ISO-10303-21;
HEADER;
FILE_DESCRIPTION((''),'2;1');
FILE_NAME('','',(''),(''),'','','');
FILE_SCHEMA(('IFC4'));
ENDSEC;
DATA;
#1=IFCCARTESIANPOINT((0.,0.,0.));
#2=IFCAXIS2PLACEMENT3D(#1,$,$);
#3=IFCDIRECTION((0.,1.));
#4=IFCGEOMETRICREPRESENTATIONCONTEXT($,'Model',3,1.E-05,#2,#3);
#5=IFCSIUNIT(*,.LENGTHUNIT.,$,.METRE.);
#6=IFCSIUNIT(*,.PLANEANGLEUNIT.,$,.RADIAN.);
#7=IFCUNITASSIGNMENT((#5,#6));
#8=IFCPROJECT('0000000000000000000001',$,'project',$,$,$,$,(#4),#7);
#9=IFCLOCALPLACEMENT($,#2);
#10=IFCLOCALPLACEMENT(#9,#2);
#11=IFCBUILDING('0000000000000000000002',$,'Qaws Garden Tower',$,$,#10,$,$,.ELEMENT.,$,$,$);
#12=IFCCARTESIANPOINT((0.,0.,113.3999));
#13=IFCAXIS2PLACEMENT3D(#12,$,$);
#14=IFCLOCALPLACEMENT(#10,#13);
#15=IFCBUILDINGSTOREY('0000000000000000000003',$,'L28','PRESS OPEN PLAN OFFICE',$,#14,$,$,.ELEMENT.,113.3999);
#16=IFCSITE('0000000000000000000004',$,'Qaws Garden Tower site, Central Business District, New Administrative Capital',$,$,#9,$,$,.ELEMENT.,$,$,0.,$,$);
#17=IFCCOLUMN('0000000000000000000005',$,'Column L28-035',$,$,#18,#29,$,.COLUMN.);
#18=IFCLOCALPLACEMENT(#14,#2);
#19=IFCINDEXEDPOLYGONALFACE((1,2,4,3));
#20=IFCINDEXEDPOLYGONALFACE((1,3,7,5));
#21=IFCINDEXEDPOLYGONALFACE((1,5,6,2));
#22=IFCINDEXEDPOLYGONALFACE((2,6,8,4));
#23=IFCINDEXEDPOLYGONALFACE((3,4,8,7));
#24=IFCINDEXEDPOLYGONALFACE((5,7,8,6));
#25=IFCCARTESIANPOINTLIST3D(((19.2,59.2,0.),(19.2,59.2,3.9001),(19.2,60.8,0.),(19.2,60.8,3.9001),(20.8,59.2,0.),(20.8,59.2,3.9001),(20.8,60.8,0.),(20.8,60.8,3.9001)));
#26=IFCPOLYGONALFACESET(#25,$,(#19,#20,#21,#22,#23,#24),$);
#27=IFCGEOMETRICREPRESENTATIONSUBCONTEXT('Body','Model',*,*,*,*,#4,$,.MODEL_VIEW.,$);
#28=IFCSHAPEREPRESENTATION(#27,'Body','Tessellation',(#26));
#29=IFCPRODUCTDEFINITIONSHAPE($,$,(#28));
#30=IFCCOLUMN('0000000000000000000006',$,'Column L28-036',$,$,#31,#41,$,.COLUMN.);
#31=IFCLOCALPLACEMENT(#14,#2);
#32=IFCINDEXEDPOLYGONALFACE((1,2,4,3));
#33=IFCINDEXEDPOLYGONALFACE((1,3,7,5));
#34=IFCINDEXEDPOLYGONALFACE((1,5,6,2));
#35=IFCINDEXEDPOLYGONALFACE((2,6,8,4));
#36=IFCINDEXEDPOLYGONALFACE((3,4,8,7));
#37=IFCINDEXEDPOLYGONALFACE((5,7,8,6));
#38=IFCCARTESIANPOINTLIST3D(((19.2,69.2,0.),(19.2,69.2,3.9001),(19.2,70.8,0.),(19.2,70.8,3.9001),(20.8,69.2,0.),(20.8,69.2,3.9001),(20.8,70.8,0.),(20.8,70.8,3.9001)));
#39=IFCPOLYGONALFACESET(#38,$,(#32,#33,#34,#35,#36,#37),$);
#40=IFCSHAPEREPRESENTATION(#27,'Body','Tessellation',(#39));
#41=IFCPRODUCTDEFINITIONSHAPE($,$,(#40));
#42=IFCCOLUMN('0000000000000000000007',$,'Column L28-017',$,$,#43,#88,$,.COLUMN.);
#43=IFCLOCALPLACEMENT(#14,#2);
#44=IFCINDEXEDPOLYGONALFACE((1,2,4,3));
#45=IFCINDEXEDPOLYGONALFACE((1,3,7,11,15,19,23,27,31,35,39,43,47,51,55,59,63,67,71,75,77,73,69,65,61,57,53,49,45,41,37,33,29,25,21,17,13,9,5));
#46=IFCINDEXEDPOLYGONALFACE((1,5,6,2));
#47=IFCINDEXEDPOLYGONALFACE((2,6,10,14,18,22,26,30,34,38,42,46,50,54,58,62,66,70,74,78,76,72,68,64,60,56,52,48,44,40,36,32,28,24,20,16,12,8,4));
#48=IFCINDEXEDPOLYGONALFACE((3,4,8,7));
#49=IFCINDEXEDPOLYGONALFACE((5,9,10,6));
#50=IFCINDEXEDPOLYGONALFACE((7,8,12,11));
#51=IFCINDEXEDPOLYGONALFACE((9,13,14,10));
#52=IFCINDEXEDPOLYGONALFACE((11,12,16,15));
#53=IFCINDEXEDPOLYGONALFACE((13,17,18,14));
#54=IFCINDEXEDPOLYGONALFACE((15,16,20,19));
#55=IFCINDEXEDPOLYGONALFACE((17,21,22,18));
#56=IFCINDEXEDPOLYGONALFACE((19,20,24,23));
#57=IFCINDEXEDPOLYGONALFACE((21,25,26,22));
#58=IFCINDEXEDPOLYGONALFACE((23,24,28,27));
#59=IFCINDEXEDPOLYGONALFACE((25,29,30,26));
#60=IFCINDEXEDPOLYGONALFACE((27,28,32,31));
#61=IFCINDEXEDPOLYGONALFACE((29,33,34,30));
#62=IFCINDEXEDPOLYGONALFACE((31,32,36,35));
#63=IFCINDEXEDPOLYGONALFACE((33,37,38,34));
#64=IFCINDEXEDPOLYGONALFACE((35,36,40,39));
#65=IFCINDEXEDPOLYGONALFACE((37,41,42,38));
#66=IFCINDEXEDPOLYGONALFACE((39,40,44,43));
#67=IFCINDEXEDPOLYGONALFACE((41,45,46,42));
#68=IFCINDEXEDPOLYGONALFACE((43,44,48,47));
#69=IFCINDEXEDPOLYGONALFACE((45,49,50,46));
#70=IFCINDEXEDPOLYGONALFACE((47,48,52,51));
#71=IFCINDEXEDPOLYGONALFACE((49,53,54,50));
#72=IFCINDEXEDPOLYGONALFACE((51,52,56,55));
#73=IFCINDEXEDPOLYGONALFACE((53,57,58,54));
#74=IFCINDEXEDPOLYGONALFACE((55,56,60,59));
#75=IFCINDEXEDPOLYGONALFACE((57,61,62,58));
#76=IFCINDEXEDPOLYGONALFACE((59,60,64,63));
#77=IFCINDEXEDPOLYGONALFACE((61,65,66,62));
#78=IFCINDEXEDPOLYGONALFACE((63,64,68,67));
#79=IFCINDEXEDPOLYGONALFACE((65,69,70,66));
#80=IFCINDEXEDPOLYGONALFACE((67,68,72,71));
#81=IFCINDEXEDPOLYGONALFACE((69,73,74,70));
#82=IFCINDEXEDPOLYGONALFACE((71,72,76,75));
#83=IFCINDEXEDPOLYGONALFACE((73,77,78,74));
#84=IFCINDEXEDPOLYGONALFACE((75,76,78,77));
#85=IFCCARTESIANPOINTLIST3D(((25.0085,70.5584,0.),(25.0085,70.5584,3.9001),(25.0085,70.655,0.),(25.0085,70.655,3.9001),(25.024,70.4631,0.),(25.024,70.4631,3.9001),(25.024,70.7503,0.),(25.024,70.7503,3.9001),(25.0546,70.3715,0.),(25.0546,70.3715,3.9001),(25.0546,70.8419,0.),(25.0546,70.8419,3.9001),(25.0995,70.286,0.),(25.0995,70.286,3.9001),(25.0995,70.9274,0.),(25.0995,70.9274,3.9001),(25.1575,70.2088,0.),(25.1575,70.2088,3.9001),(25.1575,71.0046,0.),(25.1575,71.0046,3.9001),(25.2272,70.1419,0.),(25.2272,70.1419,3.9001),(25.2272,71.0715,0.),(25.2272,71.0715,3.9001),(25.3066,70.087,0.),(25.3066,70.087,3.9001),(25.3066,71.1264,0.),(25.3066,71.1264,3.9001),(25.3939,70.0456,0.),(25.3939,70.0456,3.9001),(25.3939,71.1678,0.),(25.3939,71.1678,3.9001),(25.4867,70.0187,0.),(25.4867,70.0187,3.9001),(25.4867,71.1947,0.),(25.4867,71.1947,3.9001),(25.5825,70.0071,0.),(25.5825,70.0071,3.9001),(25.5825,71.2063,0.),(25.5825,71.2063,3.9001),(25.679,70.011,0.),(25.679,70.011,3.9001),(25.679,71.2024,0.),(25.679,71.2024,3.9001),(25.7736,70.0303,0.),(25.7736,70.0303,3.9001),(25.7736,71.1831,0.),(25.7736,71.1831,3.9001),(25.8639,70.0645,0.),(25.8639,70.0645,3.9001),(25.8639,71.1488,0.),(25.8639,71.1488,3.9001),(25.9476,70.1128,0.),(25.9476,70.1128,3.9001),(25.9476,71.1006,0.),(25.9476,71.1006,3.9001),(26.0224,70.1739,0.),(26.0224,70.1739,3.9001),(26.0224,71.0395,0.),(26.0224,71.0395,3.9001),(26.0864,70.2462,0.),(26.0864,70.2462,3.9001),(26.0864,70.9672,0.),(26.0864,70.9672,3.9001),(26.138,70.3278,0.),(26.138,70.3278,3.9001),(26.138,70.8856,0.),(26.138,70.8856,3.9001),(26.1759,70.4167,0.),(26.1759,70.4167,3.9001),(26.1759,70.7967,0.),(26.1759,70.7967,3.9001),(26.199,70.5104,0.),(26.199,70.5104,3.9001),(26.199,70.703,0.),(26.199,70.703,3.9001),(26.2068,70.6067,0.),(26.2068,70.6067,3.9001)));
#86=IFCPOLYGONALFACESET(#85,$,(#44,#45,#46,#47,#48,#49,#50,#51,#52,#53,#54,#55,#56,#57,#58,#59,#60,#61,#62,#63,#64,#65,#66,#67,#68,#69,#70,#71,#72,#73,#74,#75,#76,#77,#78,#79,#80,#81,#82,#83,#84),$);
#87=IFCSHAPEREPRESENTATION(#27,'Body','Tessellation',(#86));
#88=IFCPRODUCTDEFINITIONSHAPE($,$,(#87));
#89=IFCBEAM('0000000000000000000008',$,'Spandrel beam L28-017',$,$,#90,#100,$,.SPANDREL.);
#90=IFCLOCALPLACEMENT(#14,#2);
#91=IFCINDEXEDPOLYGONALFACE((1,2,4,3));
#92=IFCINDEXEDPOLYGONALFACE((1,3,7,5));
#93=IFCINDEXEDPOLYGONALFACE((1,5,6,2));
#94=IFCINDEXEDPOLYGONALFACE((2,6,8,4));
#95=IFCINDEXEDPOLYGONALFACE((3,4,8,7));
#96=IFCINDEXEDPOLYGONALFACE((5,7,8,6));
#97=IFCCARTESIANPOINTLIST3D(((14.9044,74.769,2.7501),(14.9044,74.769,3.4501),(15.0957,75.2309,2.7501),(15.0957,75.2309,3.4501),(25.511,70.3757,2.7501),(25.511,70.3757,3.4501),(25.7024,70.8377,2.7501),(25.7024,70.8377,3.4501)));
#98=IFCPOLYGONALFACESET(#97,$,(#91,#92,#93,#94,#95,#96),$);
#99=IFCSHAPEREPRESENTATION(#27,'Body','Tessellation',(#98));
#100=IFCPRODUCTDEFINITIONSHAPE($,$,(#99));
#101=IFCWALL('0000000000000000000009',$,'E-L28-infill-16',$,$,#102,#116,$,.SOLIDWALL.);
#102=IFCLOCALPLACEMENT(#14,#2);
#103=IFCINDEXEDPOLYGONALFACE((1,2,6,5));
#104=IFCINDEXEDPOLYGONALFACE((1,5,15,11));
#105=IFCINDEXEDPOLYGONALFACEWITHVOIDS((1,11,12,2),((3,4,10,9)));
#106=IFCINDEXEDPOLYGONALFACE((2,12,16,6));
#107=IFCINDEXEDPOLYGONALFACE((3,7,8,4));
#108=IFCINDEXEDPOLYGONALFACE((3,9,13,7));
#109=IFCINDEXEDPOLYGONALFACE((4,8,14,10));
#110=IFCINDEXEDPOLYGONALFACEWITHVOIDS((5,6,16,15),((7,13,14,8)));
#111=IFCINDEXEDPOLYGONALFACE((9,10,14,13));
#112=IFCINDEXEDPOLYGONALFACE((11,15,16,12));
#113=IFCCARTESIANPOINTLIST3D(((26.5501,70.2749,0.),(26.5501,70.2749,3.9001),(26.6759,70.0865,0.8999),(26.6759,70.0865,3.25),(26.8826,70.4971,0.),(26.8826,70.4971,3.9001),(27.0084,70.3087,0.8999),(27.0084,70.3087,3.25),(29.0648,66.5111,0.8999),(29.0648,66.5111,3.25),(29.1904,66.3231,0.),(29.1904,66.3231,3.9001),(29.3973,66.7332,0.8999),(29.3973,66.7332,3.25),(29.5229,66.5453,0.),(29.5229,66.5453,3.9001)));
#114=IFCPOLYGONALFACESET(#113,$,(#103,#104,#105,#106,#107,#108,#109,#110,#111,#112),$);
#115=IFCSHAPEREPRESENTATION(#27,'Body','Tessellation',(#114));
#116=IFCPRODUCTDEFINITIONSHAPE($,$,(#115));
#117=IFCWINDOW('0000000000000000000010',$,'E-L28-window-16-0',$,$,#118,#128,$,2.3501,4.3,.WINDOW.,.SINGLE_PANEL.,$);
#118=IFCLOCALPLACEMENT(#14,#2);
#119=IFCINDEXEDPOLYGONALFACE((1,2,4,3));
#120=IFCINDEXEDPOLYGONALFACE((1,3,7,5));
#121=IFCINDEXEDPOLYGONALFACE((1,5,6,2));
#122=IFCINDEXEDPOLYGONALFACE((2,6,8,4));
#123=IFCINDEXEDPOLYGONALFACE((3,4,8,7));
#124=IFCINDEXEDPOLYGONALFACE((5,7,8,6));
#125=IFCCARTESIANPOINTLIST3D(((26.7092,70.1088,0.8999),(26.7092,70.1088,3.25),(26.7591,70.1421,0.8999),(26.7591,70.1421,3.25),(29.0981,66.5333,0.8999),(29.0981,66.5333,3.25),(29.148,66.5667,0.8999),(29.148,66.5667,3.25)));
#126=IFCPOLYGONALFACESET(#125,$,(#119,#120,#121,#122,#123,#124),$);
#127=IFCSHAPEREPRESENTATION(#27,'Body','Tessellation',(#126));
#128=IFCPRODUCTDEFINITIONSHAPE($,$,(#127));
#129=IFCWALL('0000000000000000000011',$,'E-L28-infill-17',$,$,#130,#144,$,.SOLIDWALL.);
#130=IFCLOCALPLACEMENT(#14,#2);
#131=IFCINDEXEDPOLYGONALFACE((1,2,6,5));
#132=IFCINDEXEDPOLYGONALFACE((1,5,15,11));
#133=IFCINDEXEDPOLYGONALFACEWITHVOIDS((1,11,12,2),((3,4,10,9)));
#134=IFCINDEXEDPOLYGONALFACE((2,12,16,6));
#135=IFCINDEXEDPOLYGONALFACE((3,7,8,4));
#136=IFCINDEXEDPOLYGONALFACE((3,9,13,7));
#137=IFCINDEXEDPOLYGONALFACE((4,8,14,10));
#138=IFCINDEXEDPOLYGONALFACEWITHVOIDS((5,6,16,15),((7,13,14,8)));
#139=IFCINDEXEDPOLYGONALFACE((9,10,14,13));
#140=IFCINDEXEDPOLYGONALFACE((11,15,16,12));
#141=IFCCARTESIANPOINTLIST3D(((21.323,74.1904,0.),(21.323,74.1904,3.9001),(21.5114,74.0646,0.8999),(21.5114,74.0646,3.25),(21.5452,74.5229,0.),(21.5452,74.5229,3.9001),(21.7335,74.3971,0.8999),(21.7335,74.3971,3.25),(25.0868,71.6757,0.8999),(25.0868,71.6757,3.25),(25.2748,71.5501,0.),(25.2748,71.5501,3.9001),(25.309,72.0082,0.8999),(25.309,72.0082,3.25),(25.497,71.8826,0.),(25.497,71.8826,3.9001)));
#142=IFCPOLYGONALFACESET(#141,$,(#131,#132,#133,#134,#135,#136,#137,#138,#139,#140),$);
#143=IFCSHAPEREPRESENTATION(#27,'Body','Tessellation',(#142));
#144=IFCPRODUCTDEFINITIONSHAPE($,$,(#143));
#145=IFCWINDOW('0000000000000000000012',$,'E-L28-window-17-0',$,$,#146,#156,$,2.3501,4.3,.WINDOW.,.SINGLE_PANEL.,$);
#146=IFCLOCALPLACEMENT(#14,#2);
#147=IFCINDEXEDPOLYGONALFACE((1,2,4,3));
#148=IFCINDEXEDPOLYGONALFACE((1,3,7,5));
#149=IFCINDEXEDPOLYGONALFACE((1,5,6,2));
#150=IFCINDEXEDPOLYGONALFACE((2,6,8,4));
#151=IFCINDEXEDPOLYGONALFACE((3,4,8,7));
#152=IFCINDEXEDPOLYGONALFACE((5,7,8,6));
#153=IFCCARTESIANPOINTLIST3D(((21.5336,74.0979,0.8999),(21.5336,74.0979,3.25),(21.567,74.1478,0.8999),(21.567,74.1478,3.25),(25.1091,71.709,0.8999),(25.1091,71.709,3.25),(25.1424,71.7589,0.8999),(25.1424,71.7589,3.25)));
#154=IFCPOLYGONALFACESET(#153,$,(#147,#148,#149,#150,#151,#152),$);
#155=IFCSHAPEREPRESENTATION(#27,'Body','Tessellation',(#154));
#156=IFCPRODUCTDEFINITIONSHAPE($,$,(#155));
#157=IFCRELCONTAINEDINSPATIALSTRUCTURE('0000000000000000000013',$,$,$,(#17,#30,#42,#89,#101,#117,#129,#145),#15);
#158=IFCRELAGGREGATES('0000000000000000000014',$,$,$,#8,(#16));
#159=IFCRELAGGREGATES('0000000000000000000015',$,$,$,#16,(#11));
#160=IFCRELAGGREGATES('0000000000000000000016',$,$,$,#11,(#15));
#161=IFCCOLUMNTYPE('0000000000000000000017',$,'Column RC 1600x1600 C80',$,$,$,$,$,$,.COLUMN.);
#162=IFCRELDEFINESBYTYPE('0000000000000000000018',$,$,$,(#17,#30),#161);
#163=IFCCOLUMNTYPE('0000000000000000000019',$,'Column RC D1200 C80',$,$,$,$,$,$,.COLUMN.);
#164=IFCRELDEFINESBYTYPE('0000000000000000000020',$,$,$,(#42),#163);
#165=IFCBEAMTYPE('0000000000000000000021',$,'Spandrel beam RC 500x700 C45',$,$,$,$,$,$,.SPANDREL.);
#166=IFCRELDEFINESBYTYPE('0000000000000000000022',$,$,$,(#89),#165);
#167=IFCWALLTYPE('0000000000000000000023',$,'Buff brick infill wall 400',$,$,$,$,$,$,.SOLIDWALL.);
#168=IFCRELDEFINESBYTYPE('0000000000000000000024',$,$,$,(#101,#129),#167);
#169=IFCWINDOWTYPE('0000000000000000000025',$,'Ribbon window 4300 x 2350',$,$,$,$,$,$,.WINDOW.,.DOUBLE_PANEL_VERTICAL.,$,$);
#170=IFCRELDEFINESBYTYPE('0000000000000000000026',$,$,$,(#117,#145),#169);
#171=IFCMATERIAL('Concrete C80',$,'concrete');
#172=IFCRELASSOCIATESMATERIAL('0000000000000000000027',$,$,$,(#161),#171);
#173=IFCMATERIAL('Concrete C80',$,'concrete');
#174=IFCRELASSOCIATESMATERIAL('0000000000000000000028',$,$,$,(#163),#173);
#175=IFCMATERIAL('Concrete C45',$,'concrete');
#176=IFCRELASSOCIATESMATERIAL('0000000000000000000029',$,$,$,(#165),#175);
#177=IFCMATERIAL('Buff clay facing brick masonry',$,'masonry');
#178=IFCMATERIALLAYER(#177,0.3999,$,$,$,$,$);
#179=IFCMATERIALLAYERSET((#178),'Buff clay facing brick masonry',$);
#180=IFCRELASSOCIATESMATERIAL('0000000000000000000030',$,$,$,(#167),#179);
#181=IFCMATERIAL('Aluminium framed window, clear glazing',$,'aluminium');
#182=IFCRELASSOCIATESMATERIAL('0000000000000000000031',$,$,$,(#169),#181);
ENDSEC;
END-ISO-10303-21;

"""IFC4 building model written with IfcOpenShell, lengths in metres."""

from ifc_helpers import new_model, si_unit, direction, frame, frame_2d, origin, origin_2d, place, context, subcontext, project, spatial, rectangle, circle, extrude, material, layer, layer_set, material_profile, profile_set, type_object, element, fill, save


model = new_model("IFC4")

# Units and contexts
model_context = context("Model", 3, precision=1e-05, world=origin(), true_north=direction((0.0, 1.0)))
body_context = subcontext(model_context, "Body", "Model", "MODEL_VIEW")
ifc_project = project(units=[si_unit("LENGTHUNIT", "METRE"), si_unit("PLANEANGLEUNIT", "RADIAN")], contexts=[model_context])

# Site, building, storey
site_placement = place(None, origin())
site = spatial("IfcSite", under=ifc_project, at=site_placement, Name="Qaws Garden Tower site, Central Business District, New Administrative Capital", CompositionType="ELEMENT", RefElevation=0.0)
building_placement = place(site_placement, origin())
building = spatial("IfcBuilding", under=site, at=building_placement, Name="Qaws Garden Tower", CompositionType="ELEMENT")
storey_placement = place(building_placement, frame((0.0, 0.0, 113.3999)))
storey = spatial("IfcBuildingStorey", under=building, at=storey_placement, Name="L28", Description="PRESS OPEN PLAN OFFICE", CompositionType="ELEMENT", Elevation=113.3999)

# Columns
ifc_material_1 = material(Name="Concrete C80", Category="concrete")
ifc_material_profile_1 = material_profile(ifc_material_1, rectangle(XDim=1.6001, YDim=1.6001, at=origin_2d()), Name="RC 1600x1600")
ifc_profile_set_1 = profile_set([ifc_material_profile_1], Name="Concrete C80")
column_type_1 = type_object("IfcColumnType", Name="Column RC 1600x1600 C80", PredefinedType="COLUMN", material=ifc_profile_set_1)
for number, where, z_axis, x_axis, name in (
    (1, (20.0, 60.0, 0.0), (0.0, 0.0, 1.0), (1.0, 0.0, 0.0), "Column L28-035"),
    (2, (20.0, 70.0, 0.0), (0.0, 0.0, 1.0), (1.0, 0.0, 0.0), "Column L28-036"),
):
    element("IfcColumn", number, at=place(storey_placement, frame(where, z_axis=z_axis, x_axis=x_axis)), inside=storey, type_object=column_type_1, Name=name, PredefinedType="COLUMN", context=body_context, shape_type="SweptSolid", body=[
        extrude(rectangle(XDim=1.6001, YDim=1.6001, at=origin_2d()), origin(), (0.0, 0.0, 1.0), 3.9001),
    ])
ifc_material_2 = material(Name="Concrete C80", Category="concrete")
ifc_material_profile_2 = material_profile(ifc_material_2, circle(Radius=0.6001, at=origin_2d()), Name="RC D1200")
ifc_profile_set_2 = profile_set([ifc_material_profile_2], Name="Concrete C80")
column_type_2 = type_object("IfcColumnType", Name="Column RC D1200 C80", PredefinedType="COLUMN", material=ifc_profile_set_2)
column_placement = place(storey_placement, frame((25.6067, 70.6067, 0.0), z_axis=(0.0, 0.0, 1.0), x_axis=(1.0, 0.0, 0.0)))
element("IfcColumn", 3, at=column_placement, inside=storey, type_object=column_type_2, Name="Column L28-017", PredefinedType="COLUMN", context=body_context, shape_type="SweptSolid", body=[
    extrude(circle(Radius=0.6001, at=origin_2d()), origin(), (0.0, 0.0, 1.0), 3.9001),
])

# Beam
ifc_material_3 = material(Name="Concrete C45", Category="concrete")
ifc_material_profile_3 = material_profile(ifc_material_3, rectangle(XDim=0.5, YDim=0.7, at=origin_2d()), Name="RC 500x700")
ifc_profile_set_3 = profile_set([ifc_material_profile_3], Name="Concrete C45")
beam_type = type_object("IfcBeamType", Name="Spandrel beam RC 500x700 C45", PredefinedType="SPANDREL", material=ifc_profile_set_3)
beam_placement = place(storey_placement, frame((25.6067, 70.6067, 3.1001), z_axis=(-0.923883, 0.382674, 0.0), x_axis=(-0.382674, -0.923883, 0.0)))
element("IfcBeam", 4, at=beam_placement, inside=storey, type_object=beam_type, Name="Spandrel beam L28-017", PredefinedType="SPANDREL", context=body_context, shape_type="SweptSolid", body=[
    extrude(rectangle(XDim=0.5, YDim=0.7, at=origin_2d()), origin(), (0.0, 0.0, 1.0), 11.4805),
])

# Walls, openings, windows
ifc_material_4 = material(Name="Buff clay facing brick masonry", Category="masonry")
ifc_layer_1 = layer(ifc_material_4, 0.3999)
ifc_layer_set_1 = layer_set([ifc_layer_1], Name="Buff clay facing brick masonry")
wall_type_1 = type_object("IfcWallType", Name="Buff brick infill wall 400", PredefinedType="SOLIDWALL", material=ifc_layer_set_1)
wall_1_placement = place(storey_placement, frame((29.3567, 66.4341, 0.0), z_axis=(0.0, 0.0, 1.0), x_axis=(-0.555542, 0.831489, 0.0)))
wall_1 = element("IfcWall", 5, at=wall_1_placement, inside=storey, type_object=wall_type_1, Name="E-L28-infill-16", PredefinedType="SOLIDWALL", context=body_context, shape_type="SweptSolid", body=[
    extrude(rectangle(XDim=4.7527, YDim=0.3999, at=frame_2d((2.3765, 0.0))), origin(), (0.0, 0.0, 1.0), 3.9001),
])
opening_1_placement = place(wall_1_placement, frame((0.2263, 0.0, 0.8999)))
opening_1 = element("IfcOpeningElement", 6, at=opening_1_placement, cuts=wall_1, PredefinedType="OPENING", context=body_context, shape_type="SweptSolid", body=[
    extrude(rectangle(XDim=4.3, YDim=2.3501, at=frame_2d((2.1499, 1.175))), frame((0.0, 0.21, 0.0), z_axis=(0.0, -1.0, 0.0), x_axis=(1.0, 0.0, 0.0)), (0.0, 0.0, 1.0), 0.4199),
])
ifc_material_5 = material(Name="Aluminium framed window, clear glazing", Category="aluminium")
window_type = type_object("IfcWindowType", Name="Ribbon window 4300 x 2350", PartitioningType="DOUBLE_PANEL_VERTICAL", PredefinedType="WINDOW", material=ifc_material_5)
window_1_placement = place(opening_1_placement, origin())
window_1 = element("IfcWindow", 7, at=window_1_placement, inside=storey, type_object=window_type, Name="E-L28-window-16-0", OverallHeight=2.3501, OverallWidth=4.3, PartitioningType="SINGLE_PANEL", PredefinedType="WINDOW", context=body_context, shape_type="SweptSolid", body=[
    extrude(rectangle(XDim=4.3, YDim=2.3501, at=frame_2d((2.1499, 1.175))), frame((0.0, 0.1599, 0.0), z_axis=(0.0, -1.0, 0.0), x_axis=(1.0, 0.0, 0.0)), (0.0, 0.0, 1.0), 0.0601),
])
fill(opening_1, window_1)
wall_2_placement = place(storey_placement, frame((25.386, 71.7163, 0.0), z_axis=(0.0, 0.0, 1.0), x_axis=(-0.831489, 0.555542, 0.0)))
wall_2 = element("IfcWall", 8, at=wall_2_placement, inside=storey, type_object=wall_type_1, Name="E-L28-infill-17", PredefinedType="SOLIDWALL", context=body_context, shape_type="SweptSolid", body=[
    extrude(rectangle(XDim=4.7527, YDim=0.3999, at=frame_2d((2.3765, 0.0))), origin(), (0.0, 0.0, 1.0), 3.9001),
])
opening_2_placement = place(wall_2_placement, frame((0.2263, 0.0, 0.8999)))
opening_2 = element("IfcOpeningElement", 9, at=opening_2_placement, cuts=wall_2, PredefinedType="OPENING", context=body_context, shape_type="SweptSolid", body=[
    extrude(rectangle(XDim=4.3, YDim=2.3501, at=frame_2d((2.1499, 1.175))), frame((0.0, 0.21, 0.0), z_axis=(0.0, -1.0, 0.0), x_axis=(1.0, 0.0, 0.0)), (0.0, 0.0, 1.0), 0.4199),
])
window_2_placement = place(opening_2_placement, origin())
window_2 = element("IfcWindow", 10, at=window_2_placement, inside=storey, type_object=window_type, Name="E-L28-window-17-0", OverallHeight=2.3501, OverallWidth=4.3, PartitioningType="SINGLE_PANEL", PredefinedType="WINDOW", context=body_context, shape_type="SweptSolid", body=[
    extrude(rectangle(XDim=4.3, YDim=2.3501, at=frame_2d((2.1499, 1.175))), frame((0.0, 0.1599, 0.0), z_axis=(0.0, -1.0, 0.0), x_axis=(1.0, 0.0, 0.0)), (0.0, 0.0, 1.0), 0.0601),
])
fill(opening_2, window_2)

save(model, "model.ifc")
